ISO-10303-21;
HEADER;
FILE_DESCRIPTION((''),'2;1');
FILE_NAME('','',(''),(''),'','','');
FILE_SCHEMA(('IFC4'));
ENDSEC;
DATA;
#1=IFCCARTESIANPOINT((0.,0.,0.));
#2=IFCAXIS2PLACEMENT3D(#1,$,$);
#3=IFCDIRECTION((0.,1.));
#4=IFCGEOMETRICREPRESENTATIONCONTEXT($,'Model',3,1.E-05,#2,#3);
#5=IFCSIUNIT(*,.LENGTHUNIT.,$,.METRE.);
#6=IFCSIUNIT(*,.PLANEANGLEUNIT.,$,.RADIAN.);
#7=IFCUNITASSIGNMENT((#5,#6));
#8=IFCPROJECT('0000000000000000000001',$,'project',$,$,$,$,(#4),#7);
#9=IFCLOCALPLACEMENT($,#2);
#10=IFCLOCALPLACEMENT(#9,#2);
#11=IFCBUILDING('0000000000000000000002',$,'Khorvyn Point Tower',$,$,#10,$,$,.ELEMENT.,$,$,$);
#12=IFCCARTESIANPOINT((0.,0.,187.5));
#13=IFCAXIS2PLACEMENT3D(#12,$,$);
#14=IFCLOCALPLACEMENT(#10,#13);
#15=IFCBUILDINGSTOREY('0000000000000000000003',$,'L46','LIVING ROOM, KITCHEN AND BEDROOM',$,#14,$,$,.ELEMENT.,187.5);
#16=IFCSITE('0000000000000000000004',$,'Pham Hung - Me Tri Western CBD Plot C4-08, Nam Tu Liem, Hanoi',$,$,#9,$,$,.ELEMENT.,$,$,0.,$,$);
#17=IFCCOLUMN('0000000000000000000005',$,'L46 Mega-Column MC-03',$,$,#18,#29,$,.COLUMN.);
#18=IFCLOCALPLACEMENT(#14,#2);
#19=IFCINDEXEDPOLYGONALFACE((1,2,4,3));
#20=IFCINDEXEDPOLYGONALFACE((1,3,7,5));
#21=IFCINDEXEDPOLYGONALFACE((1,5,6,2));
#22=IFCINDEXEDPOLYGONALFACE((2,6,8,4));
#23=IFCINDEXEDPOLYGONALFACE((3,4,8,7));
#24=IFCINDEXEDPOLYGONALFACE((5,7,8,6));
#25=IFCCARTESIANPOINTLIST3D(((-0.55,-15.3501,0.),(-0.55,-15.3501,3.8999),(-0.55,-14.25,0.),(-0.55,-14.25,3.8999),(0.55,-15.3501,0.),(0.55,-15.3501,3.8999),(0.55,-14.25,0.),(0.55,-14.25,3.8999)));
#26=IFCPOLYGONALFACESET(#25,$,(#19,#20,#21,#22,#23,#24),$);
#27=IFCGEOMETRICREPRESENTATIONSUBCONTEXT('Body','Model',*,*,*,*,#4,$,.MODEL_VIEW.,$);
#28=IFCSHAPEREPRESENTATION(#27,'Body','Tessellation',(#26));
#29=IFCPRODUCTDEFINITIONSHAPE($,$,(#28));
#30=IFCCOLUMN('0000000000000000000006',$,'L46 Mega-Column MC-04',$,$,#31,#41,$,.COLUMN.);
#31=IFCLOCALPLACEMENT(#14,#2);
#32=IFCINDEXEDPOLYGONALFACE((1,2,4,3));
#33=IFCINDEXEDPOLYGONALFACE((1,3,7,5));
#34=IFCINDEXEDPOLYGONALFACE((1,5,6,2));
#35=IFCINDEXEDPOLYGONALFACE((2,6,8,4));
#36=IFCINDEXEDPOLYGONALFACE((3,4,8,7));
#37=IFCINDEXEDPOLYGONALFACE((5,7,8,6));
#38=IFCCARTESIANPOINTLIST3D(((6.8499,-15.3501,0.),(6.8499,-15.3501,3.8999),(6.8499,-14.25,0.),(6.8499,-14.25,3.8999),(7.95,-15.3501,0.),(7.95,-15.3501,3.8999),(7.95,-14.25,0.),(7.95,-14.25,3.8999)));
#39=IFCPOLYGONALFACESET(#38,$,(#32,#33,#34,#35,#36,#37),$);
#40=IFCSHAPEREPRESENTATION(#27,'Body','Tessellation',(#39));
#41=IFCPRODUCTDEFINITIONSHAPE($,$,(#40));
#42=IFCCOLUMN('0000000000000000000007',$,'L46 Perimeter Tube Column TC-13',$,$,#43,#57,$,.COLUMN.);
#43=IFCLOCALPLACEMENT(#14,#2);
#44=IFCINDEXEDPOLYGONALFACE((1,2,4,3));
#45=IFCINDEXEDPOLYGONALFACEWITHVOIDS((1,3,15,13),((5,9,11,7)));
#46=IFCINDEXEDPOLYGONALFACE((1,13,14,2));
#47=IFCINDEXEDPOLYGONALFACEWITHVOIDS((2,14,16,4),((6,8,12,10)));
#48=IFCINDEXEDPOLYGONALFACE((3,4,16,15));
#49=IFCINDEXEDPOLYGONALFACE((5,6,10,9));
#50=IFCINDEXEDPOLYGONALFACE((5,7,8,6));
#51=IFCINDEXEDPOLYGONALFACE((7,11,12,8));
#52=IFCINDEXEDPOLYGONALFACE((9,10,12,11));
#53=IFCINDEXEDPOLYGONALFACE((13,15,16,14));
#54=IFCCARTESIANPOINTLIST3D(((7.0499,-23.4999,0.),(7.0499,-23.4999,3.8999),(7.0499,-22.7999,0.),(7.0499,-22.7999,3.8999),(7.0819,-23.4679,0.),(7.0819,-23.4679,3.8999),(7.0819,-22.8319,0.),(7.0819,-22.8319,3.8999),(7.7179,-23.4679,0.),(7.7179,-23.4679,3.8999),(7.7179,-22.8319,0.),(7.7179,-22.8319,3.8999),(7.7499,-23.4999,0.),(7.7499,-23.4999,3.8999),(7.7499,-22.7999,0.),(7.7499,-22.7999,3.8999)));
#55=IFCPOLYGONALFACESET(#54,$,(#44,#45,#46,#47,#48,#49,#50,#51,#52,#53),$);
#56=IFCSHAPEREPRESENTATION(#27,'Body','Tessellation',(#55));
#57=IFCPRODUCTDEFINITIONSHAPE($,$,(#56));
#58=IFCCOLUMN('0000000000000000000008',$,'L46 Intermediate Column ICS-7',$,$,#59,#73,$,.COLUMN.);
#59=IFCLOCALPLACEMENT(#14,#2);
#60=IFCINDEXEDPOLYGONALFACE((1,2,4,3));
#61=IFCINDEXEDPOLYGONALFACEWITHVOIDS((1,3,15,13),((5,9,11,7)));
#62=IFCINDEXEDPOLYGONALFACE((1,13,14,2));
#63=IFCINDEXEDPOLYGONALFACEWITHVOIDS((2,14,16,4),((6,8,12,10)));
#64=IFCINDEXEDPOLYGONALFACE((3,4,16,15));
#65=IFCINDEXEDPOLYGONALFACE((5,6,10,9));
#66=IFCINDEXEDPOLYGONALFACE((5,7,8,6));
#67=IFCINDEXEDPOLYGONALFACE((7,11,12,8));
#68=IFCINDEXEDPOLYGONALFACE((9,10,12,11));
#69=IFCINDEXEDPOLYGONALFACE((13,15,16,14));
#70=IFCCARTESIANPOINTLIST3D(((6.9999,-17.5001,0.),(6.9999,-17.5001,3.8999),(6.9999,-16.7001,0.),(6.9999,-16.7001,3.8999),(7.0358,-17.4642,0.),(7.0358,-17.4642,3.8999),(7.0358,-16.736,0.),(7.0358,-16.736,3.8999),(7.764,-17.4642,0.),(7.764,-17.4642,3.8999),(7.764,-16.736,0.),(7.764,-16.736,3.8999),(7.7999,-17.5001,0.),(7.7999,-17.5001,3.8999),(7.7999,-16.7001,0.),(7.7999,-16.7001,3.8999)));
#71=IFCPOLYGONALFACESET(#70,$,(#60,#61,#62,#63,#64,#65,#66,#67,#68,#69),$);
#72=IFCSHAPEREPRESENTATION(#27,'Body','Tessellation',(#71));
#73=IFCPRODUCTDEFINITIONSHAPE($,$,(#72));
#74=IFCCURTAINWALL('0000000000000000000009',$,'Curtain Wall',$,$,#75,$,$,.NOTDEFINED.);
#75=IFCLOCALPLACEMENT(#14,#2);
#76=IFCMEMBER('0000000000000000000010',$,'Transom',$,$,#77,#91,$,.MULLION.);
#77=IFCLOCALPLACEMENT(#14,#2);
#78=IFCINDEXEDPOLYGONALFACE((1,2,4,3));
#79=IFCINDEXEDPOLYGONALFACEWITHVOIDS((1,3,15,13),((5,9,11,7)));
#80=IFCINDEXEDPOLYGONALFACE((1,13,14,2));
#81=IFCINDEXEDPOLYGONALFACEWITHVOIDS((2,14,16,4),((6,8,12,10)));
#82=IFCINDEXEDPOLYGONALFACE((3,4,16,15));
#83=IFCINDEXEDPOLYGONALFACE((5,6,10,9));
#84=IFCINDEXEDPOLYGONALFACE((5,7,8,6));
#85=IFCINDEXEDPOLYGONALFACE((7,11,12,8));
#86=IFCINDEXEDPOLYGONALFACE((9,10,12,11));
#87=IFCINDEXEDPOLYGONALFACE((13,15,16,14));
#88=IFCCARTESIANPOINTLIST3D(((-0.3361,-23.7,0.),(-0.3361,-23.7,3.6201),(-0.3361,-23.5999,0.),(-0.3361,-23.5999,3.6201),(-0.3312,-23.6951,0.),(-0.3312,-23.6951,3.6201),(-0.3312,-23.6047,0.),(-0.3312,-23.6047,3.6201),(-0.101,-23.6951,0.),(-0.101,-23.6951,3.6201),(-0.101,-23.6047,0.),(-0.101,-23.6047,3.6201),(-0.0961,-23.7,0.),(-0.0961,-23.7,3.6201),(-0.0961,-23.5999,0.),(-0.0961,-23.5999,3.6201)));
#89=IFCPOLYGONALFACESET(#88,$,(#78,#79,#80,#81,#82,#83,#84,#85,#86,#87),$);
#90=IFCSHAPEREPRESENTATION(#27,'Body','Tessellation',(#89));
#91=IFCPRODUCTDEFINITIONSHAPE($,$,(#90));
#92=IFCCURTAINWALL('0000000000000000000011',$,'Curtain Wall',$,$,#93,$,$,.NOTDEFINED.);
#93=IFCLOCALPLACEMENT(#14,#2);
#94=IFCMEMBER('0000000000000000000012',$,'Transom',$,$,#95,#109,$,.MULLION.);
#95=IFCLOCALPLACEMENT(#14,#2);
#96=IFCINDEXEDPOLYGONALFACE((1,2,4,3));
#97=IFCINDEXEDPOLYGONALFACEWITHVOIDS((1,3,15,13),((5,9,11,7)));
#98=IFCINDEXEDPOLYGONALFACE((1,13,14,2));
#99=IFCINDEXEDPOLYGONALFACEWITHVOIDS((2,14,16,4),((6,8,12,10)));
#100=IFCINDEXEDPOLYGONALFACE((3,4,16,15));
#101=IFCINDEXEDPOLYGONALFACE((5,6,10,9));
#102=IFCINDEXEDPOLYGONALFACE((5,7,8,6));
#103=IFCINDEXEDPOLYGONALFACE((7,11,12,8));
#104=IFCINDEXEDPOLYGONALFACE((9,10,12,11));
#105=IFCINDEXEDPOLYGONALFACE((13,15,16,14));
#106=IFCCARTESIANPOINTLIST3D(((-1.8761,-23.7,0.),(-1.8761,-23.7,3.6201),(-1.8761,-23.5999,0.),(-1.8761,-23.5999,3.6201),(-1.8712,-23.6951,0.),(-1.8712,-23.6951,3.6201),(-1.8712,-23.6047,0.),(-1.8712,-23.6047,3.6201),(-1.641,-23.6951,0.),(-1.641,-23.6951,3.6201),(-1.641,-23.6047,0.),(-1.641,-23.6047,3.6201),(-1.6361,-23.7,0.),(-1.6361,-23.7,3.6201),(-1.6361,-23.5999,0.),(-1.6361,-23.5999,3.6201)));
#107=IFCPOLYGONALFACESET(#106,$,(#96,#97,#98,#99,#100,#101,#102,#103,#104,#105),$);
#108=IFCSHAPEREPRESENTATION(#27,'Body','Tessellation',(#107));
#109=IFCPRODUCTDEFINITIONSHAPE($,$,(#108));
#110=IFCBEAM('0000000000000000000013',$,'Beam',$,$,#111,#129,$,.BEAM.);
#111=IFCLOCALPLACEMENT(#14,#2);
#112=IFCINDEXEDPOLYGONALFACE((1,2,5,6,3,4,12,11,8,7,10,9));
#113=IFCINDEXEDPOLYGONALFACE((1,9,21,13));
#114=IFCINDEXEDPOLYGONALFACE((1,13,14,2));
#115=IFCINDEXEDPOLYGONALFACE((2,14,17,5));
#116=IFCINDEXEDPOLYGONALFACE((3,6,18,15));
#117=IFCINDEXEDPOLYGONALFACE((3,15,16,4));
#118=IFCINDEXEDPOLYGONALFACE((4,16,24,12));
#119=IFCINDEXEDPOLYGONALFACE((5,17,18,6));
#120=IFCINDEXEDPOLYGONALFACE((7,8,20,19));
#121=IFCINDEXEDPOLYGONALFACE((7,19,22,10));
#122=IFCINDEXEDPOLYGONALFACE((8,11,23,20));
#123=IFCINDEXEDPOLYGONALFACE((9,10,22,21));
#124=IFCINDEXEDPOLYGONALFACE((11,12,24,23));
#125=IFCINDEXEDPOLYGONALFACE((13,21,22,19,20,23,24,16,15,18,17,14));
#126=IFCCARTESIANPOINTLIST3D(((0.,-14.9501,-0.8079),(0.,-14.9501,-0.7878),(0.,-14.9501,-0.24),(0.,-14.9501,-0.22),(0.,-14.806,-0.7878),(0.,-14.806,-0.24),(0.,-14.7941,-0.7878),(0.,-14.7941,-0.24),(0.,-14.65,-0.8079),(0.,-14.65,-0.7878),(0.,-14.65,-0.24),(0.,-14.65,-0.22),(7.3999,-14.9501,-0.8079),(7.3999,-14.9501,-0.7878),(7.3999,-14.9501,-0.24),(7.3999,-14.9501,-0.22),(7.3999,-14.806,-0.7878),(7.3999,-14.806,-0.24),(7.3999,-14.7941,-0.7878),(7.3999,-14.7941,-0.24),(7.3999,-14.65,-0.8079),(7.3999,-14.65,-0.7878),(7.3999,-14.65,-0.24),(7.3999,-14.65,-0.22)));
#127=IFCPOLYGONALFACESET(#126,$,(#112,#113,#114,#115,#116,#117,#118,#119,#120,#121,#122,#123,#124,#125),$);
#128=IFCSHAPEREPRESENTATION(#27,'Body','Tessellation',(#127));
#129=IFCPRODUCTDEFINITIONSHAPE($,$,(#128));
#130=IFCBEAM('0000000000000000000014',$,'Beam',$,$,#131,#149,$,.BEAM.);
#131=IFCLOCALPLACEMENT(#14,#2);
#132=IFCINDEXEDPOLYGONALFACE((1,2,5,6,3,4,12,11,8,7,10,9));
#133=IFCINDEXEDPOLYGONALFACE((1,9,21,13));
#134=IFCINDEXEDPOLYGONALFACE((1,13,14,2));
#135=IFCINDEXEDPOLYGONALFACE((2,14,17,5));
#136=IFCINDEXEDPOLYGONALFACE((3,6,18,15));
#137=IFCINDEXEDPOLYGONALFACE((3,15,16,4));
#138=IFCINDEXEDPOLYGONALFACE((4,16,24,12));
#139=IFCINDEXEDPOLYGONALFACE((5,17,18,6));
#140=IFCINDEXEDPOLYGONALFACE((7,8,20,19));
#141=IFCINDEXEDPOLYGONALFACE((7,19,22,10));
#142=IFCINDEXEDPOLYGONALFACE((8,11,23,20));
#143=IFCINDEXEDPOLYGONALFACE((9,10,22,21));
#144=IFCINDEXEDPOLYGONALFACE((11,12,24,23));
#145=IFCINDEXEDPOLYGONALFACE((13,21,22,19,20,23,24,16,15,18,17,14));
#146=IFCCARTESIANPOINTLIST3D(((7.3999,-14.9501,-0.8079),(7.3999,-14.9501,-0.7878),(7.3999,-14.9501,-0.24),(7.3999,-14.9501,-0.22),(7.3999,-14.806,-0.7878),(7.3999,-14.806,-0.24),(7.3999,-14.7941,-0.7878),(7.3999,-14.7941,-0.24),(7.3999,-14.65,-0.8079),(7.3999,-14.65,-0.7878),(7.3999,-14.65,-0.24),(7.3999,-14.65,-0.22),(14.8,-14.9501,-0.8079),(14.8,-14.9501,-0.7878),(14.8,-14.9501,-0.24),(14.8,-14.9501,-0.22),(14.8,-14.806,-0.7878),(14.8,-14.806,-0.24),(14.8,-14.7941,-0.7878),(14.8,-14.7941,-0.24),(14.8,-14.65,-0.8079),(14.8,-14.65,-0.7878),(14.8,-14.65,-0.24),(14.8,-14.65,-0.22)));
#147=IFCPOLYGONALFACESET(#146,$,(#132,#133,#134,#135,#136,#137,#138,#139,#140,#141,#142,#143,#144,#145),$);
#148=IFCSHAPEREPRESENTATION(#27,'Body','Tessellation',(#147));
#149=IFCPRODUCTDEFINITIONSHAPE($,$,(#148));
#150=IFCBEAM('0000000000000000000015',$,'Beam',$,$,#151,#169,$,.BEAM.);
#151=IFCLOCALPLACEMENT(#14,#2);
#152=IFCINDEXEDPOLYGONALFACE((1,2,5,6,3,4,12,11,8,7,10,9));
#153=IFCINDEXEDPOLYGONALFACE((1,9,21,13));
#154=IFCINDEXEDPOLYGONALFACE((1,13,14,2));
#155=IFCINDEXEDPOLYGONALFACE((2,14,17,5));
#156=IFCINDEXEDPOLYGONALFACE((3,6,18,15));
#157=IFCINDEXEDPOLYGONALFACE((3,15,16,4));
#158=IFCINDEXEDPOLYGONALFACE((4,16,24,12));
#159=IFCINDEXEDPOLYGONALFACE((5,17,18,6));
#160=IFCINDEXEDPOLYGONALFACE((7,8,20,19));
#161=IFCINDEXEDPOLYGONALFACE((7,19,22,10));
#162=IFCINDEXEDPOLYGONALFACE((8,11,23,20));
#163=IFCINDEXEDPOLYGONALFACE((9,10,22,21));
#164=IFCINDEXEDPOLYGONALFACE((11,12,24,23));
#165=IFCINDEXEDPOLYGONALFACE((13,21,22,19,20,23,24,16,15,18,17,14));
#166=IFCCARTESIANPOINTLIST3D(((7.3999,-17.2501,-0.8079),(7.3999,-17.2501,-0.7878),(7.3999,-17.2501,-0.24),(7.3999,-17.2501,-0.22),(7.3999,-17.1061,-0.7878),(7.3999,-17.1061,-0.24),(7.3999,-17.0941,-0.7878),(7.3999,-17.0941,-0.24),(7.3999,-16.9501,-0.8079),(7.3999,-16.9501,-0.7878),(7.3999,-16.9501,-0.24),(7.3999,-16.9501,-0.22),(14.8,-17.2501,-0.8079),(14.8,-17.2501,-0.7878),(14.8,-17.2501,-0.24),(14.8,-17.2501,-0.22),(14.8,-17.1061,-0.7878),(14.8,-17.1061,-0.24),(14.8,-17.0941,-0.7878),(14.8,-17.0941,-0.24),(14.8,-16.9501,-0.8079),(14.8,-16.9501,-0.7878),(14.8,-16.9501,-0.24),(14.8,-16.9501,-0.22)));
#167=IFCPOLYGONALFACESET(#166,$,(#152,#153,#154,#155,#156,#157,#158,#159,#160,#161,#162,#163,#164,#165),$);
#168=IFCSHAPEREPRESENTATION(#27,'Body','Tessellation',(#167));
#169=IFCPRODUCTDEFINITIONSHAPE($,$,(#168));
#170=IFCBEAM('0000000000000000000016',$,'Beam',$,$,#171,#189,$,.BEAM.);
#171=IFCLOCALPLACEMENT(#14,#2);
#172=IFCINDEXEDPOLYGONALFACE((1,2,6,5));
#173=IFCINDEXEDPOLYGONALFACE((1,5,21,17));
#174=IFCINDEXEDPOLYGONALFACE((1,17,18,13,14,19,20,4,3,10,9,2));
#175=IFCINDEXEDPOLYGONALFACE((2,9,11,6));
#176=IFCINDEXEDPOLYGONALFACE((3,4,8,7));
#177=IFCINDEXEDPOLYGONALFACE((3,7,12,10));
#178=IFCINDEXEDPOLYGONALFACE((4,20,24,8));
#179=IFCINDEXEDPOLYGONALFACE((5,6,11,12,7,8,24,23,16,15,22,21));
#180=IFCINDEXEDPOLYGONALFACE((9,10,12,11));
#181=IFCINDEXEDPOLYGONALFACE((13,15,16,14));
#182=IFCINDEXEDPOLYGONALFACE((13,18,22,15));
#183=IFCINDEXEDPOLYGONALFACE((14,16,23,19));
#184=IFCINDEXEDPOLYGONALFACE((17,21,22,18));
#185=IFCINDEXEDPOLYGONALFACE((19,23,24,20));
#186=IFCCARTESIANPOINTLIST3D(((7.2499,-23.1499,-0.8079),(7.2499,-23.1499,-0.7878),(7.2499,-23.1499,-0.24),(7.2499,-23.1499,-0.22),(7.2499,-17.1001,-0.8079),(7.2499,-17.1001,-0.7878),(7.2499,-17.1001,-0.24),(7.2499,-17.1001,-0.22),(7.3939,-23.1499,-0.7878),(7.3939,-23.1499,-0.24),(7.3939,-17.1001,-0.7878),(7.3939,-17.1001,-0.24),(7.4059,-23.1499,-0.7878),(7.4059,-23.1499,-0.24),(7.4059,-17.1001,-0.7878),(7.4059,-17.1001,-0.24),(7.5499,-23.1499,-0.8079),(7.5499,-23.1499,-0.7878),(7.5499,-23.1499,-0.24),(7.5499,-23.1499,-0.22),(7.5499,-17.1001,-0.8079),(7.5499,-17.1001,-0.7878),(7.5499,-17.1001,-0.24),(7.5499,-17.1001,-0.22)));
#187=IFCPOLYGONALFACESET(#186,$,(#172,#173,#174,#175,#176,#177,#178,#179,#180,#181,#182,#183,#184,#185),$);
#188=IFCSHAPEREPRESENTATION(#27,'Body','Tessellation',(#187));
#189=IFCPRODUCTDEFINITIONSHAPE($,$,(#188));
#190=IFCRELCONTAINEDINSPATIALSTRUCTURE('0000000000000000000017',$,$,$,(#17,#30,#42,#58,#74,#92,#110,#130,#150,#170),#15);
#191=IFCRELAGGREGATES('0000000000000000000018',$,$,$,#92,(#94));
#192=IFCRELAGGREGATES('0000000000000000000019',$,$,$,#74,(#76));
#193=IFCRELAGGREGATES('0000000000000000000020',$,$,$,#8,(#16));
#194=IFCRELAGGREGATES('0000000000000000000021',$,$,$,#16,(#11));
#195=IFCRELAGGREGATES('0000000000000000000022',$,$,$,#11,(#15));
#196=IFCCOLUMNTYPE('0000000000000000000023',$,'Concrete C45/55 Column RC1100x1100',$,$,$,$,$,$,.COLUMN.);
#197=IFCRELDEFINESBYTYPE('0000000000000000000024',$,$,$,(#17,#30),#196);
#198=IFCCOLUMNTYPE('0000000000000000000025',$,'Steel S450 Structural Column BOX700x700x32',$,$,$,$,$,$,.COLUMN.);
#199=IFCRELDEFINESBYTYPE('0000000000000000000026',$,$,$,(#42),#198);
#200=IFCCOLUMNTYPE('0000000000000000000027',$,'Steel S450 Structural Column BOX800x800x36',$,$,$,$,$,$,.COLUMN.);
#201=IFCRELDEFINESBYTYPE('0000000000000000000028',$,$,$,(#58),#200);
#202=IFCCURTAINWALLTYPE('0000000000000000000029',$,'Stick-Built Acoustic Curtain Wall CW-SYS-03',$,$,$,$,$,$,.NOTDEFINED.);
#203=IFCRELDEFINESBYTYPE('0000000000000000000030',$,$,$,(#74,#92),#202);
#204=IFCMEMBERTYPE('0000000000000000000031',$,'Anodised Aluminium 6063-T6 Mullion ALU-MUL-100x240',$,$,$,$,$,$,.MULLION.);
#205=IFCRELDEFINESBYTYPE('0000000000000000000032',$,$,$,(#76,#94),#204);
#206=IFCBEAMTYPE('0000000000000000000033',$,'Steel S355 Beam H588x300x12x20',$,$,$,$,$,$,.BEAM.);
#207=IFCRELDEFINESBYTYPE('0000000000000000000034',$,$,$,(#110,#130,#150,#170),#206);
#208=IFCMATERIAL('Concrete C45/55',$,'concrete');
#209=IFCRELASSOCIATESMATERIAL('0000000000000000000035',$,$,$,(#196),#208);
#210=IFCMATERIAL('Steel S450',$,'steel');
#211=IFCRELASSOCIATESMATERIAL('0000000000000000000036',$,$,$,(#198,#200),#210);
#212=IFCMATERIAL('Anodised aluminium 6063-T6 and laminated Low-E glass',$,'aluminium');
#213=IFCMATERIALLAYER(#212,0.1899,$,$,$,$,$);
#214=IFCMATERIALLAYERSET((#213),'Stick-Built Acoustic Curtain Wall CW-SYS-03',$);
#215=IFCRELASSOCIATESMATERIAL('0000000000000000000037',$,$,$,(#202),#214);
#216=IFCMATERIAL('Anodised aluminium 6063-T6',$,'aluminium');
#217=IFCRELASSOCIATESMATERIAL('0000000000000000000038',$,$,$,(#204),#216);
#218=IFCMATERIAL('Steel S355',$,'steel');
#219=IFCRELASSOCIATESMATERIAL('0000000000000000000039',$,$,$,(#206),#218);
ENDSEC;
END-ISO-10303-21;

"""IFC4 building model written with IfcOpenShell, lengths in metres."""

from ifc_helpers import new_model, si_unit, direction, frame, origin, origin_2d, place, context, subcontext, project, spatial, rectangle, hollow_rectangle, i_section, extrude, material, layer, layer_set, material_profile, profile_set, type_object, element, aggregate, save


model = new_model("IFC4")

# Units and contexts
model_context = context("Model", 3, precision=1e-05, world=origin(), true_north=direction((0.0, 1.0)))
body_context = subcontext(model_context, "Body", "Model", "MODEL_VIEW")
ifc_project = project(units=[si_unit("LENGTHUNIT", "METRE"), si_unit("PLANEANGLEUNIT", "RADIAN")], contexts=[model_context])

# Site, building, storey
site_placement = place(None, origin())
site = spatial("IfcSite", under=ifc_project, at=site_placement, Name="Pham Hung - Me Tri Western CBD Plot C4-08, Nam Tu Liem, Hanoi", CompositionType="ELEMENT", RefElevation=0.0)
building_placement = place(site_placement, origin())
building = spatial("IfcBuilding", under=site, at=building_placement, Name="Khorvyn Point Tower", CompositionType="ELEMENT")
storey_placement = place(building_placement, frame((0.0, 0.0, 187.5)))
storey = spatial("IfcBuildingStorey", under=building, at=storey_placement, Name="L46", Description="LIVING ROOM, KITCHEN AND BEDROOM", CompositionType="ELEMENT", Elevation=187.5)

# Columns
ifc_material_1 = material(Name="Concrete C45/55", Category="concrete")
ifc_material_profile_1 = material_profile(ifc_material_1, rectangle(XDim=1.1001, YDim=1.1001, at=origin_2d()))
ifc_profile_set_1 = profile_set([ifc_material_profile_1], Name="Concrete C45/55 RC1100x1100")
column_type_1 = type_object("IfcColumnType", Name="Concrete C45/55 Column RC1100x1100", PredefinedType="COLUMN", material=ifc_profile_set_1)
for number, where, z_axis, x_axis, name in (
    (1, (0.0, -14.8, 0.0), (0.0, 0.0, 1.0), (1.0, 0.0, 0.0), "L46 Mega-Column MC-03"),
    (2, (7.3999, -14.8, 0.0), (0.0, 0.0, 1.0), (1.0, 0.0, 0.0), "L46 Mega-Column MC-04"),
):
    element("IfcColumn", number, at=place(storey_placement, frame(where, z_axis=z_axis, x_axis=x_axis)), inside=storey, type_object=column_type_1, Name=name, PredefinedType="COLUMN", context=body_context, shape_type="SweptSolid", body=[
        extrude(rectangle(XDim=1.1001, YDim=1.1001, at=origin_2d()), origin(), (0.0, 0.0, 1.0), 3.8999),
    ])
ifc_material_2 = material(Name="Steel S450", Category="steel")
ifc_material_profile_2 = material_profile(ifc_material_2, hollow_rectangle(XDim=0.7, YDim=0.7, WallThickness=0.032, at=origin_2d()))
ifc_profile_set_2 = profile_set([ifc_material_profile_2], Name="Steel S450 BOX700x700x32")
column_type_2 = type_object("IfcColumnType", Name="Steel S450 Structural Column BOX700x700x32", PredefinedType="COLUMN", material=ifc_profile_set_2)
column_1_placement = place(storey_placement, frame((7.3999, -23.1499, 0.0), z_axis=(0.0, 0.0, 1.0), x_axis=(1.0, 0.0, 0.0)))
element("IfcColumn", 3, at=column_1_placement, inside=storey, type_object=column_type_2, Name="L46 Perimeter Tube Column TC-13", PredefinedType="COLUMN", context=body_context, shape_type="SweptSolid", body=[
    extrude(hollow_rectangle(XDim=0.7, YDim=0.7, WallThickness=0.032, at=origin_2d()), origin(), (0.0, 0.0, 1.0), 3.8999),
])
ifc_material_profile_3 = material_profile(ifc_material_2, hollow_rectangle(XDim=0.8, YDim=0.8, WallThickness=0.0359, at=origin_2d()))
ifc_profile_set_3 = profile_set([ifc_material_profile_3], Name="Steel S450 BOX800x800x36")
column_type_3 = type_object("IfcColumnType", Name="Steel S450 Structural Column BOX800x800x36", PredefinedType="COLUMN", material=ifc_profile_set_3)
column_2_placement = place(storey_placement, frame((7.3999, -17.1001, 0.0), z_axis=(0.0, 0.0, 1.0), x_axis=(1.0, 0.0, 0.0)))
element("IfcColumn", 4, at=column_2_placement, inside=storey, type_object=column_type_3, Name="L46 Intermediate Column ICS-7", PredefinedType="COLUMN", context=body_context, shape_type="SweptSolid", body=[
    extrude(hollow_rectangle(XDim=0.8, YDim=0.8, WallThickness=0.0359, at=origin_2d()), origin(), (0.0, 0.0, 1.0), 3.8999),
])

# Curtain walls, members
ifc_material_3 = material(Name="Anodised aluminium 6063-T6 and laminated Low-E glass", Category="aluminium")
ifc_layer_1 = layer(ifc_material_3, 0.1899)
ifc_layer_set_1 = layer_set([ifc_layer_1], Name="Stick-Built Acoustic Curtain Wall CW-SYS-03")
curtain_wall_type = type_object("IfcCurtainWallType", Name="Stick-Built Acoustic Curtain Wall CW-SYS-03", PredefinedType="NOTDEFINED", material=ifc_layer_set_1)
curtain_wall_1_placement = place(storey_placement, origin())
curtain_wall_1 = element("IfcCurtainWall", 5, at=curtain_wall_1_placement, inside=storey, type_object=curtain_wall_type, Name="Curtain Wall", PredefinedType="NOTDEFINED")
ifc_material_4 = material(Name="Anodised aluminium 6063-T6", Category="aluminium")
ifc_material_profile_4 = material_profile(ifc_material_4, hollow_rectangle(XDim=0.1001, YDim=0.24, WallThickness=0.0049, at=origin_2d()))
ifc_profile_set_4 = profile_set([ifc_material_profile_4], Name="Anodised aluminium 6063-T6 ALU-MUL-100x240")
member_type = type_object("IfcMemberType", Name="Anodised Aluminium 6063-T6 Mullion ALU-MUL-100x240", PredefinedType="MULLION", material=ifc_profile_set_4)
member_1_placement = place(storey_placement, frame((-0.2161, -23.6499, 0.0), z_axis=(0.0, 0.0, 1.0), x_axis=(0.0, -1.0, 0.0)))
member_1 = element("IfcMember", 6, at=member_1_placement, type_object=member_type, Name="Transom", PredefinedType="MULLION", context=body_context, shape_type="SweptSolid", body=[
    extrude(hollow_rectangle(XDim=0.1001, YDim=0.24, WallThickness=0.0049, at=origin_2d()), origin(), (0.0, 0.0, 1.0), 3.6201),
])
curtain_wall_2_placement = place(storey_placement, origin())
curtain_wall_2 = element("IfcCurtainWall", 7, at=curtain_wall_2_placement, inside=storey, type_object=curtain_wall_type, Name="Curtain Wall", PredefinedType="NOTDEFINED")
member_2_placement = place(storey_placement, frame((-1.7561, -23.6499, 0.0), z_axis=(0.0, 0.0, 1.0), x_axis=(0.0, -1.0, 0.0)))
member_2 = element("IfcMember", 8, at=member_2_placement, type_object=member_type, Name="Transom", PredefinedType="MULLION", context=body_context, shape_type="SweptSolid", body=[
    extrude(hollow_rectangle(XDim=0.1001, YDim=0.24, WallThickness=0.0049, at=origin_2d()), origin(), (0.0, 0.0, 1.0), 3.6201),
])
aggregate(curtain_wall_2, [member_2])

# Beams
ifc_material_5 = material(Name="Steel S355", Category="steel")
ifc_material_profile_5 = material_profile(ifc_material_5, i_section(OverallWidth=0.3, OverallDepth=0.5879, WebThickness=0.012, FlangeThickness=0.02, at=origin_2d()))
ifc_profile_set_5 = profile_set([ifc_material_profile_5], Name="Steel S355 H588x300x12x20")
beam_type_1 = type_object("IfcBeamType", Name="Steel S355 Beam H588x300x12x20", PredefinedType="BEAM", material=ifc_profile_set_5)
beam_1_placement = place(storey_placement, frame((0.0, -14.8, -0.5139), z_axis=(1.0, 0.0, 0.0), x_axis=(0.0, 1.0, 0.0)))
element("IfcBeam", 9, at=beam_1_placement, inside=storey, type_object=beam_type_1, Name="Beam", PredefinedType="BEAM", context=body_context, shape_type="SweptSolid", body=[
    extrude(i_section(OverallWidth=0.3, OverallDepth=0.5879, WebThickness=0.012, FlangeThickness=0.02, at=origin_2d()), origin(), (0.0, 0.0, 1.0), 7.3999),
])
for number, where, z_axis, x_axis, name in (
    (10, (7.3999, -14.8, -0.5139), (1.0, 0.0, 0.0), (0.0, 1.0, 0.0), "Beam"),
    (11, (7.3999, -17.1001, -0.5139), (1.0, 0.0, 0.0), (0.0, 1.0, 0.0), "Beam"),
):
    element("IfcBeam", number, at=place(storey_placement, frame(where, z_axis=z_axis, x_axis=x_axis)), inside=storey, type_object=beam_type_1, Name=name, PredefinedType="BEAM", context=body_context, shape_type="SweptSolid", body=[
        extrude(i_section(OverallWidth=0.3, OverallDepth=0.5879, WebThickness=0.012, FlangeThickness=0.02, at=origin_2d()), origin(), (0.0, 0.0, 1.0), 7.4001),
    ])
beam_2_placement = place(storey_placement, frame((7.3999, -23.1499, -0.5139), z_axis=(0.0, 1.0, 0.0), x_axis=(-1.0, 0.0, 0.0)))
element("IfcBeam", 12, at=beam_2_placement, inside=storey, type_object=beam_type_1, Name="Beam", PredefinedType="BEAM", context=body_context, shape_type="SweptSolid", body=[
    extrude(i_section(OverallWidth=0.3, OverallDepth=0.5879, WebThickness=0.012, FlangeThickness=0.02, at=origin_2d()), origin(), (0.0, 0.0, 1.0), 6.0498),
])

aggregate(curtain_wall_1, [member_1])

save(model, "model.ifc")
